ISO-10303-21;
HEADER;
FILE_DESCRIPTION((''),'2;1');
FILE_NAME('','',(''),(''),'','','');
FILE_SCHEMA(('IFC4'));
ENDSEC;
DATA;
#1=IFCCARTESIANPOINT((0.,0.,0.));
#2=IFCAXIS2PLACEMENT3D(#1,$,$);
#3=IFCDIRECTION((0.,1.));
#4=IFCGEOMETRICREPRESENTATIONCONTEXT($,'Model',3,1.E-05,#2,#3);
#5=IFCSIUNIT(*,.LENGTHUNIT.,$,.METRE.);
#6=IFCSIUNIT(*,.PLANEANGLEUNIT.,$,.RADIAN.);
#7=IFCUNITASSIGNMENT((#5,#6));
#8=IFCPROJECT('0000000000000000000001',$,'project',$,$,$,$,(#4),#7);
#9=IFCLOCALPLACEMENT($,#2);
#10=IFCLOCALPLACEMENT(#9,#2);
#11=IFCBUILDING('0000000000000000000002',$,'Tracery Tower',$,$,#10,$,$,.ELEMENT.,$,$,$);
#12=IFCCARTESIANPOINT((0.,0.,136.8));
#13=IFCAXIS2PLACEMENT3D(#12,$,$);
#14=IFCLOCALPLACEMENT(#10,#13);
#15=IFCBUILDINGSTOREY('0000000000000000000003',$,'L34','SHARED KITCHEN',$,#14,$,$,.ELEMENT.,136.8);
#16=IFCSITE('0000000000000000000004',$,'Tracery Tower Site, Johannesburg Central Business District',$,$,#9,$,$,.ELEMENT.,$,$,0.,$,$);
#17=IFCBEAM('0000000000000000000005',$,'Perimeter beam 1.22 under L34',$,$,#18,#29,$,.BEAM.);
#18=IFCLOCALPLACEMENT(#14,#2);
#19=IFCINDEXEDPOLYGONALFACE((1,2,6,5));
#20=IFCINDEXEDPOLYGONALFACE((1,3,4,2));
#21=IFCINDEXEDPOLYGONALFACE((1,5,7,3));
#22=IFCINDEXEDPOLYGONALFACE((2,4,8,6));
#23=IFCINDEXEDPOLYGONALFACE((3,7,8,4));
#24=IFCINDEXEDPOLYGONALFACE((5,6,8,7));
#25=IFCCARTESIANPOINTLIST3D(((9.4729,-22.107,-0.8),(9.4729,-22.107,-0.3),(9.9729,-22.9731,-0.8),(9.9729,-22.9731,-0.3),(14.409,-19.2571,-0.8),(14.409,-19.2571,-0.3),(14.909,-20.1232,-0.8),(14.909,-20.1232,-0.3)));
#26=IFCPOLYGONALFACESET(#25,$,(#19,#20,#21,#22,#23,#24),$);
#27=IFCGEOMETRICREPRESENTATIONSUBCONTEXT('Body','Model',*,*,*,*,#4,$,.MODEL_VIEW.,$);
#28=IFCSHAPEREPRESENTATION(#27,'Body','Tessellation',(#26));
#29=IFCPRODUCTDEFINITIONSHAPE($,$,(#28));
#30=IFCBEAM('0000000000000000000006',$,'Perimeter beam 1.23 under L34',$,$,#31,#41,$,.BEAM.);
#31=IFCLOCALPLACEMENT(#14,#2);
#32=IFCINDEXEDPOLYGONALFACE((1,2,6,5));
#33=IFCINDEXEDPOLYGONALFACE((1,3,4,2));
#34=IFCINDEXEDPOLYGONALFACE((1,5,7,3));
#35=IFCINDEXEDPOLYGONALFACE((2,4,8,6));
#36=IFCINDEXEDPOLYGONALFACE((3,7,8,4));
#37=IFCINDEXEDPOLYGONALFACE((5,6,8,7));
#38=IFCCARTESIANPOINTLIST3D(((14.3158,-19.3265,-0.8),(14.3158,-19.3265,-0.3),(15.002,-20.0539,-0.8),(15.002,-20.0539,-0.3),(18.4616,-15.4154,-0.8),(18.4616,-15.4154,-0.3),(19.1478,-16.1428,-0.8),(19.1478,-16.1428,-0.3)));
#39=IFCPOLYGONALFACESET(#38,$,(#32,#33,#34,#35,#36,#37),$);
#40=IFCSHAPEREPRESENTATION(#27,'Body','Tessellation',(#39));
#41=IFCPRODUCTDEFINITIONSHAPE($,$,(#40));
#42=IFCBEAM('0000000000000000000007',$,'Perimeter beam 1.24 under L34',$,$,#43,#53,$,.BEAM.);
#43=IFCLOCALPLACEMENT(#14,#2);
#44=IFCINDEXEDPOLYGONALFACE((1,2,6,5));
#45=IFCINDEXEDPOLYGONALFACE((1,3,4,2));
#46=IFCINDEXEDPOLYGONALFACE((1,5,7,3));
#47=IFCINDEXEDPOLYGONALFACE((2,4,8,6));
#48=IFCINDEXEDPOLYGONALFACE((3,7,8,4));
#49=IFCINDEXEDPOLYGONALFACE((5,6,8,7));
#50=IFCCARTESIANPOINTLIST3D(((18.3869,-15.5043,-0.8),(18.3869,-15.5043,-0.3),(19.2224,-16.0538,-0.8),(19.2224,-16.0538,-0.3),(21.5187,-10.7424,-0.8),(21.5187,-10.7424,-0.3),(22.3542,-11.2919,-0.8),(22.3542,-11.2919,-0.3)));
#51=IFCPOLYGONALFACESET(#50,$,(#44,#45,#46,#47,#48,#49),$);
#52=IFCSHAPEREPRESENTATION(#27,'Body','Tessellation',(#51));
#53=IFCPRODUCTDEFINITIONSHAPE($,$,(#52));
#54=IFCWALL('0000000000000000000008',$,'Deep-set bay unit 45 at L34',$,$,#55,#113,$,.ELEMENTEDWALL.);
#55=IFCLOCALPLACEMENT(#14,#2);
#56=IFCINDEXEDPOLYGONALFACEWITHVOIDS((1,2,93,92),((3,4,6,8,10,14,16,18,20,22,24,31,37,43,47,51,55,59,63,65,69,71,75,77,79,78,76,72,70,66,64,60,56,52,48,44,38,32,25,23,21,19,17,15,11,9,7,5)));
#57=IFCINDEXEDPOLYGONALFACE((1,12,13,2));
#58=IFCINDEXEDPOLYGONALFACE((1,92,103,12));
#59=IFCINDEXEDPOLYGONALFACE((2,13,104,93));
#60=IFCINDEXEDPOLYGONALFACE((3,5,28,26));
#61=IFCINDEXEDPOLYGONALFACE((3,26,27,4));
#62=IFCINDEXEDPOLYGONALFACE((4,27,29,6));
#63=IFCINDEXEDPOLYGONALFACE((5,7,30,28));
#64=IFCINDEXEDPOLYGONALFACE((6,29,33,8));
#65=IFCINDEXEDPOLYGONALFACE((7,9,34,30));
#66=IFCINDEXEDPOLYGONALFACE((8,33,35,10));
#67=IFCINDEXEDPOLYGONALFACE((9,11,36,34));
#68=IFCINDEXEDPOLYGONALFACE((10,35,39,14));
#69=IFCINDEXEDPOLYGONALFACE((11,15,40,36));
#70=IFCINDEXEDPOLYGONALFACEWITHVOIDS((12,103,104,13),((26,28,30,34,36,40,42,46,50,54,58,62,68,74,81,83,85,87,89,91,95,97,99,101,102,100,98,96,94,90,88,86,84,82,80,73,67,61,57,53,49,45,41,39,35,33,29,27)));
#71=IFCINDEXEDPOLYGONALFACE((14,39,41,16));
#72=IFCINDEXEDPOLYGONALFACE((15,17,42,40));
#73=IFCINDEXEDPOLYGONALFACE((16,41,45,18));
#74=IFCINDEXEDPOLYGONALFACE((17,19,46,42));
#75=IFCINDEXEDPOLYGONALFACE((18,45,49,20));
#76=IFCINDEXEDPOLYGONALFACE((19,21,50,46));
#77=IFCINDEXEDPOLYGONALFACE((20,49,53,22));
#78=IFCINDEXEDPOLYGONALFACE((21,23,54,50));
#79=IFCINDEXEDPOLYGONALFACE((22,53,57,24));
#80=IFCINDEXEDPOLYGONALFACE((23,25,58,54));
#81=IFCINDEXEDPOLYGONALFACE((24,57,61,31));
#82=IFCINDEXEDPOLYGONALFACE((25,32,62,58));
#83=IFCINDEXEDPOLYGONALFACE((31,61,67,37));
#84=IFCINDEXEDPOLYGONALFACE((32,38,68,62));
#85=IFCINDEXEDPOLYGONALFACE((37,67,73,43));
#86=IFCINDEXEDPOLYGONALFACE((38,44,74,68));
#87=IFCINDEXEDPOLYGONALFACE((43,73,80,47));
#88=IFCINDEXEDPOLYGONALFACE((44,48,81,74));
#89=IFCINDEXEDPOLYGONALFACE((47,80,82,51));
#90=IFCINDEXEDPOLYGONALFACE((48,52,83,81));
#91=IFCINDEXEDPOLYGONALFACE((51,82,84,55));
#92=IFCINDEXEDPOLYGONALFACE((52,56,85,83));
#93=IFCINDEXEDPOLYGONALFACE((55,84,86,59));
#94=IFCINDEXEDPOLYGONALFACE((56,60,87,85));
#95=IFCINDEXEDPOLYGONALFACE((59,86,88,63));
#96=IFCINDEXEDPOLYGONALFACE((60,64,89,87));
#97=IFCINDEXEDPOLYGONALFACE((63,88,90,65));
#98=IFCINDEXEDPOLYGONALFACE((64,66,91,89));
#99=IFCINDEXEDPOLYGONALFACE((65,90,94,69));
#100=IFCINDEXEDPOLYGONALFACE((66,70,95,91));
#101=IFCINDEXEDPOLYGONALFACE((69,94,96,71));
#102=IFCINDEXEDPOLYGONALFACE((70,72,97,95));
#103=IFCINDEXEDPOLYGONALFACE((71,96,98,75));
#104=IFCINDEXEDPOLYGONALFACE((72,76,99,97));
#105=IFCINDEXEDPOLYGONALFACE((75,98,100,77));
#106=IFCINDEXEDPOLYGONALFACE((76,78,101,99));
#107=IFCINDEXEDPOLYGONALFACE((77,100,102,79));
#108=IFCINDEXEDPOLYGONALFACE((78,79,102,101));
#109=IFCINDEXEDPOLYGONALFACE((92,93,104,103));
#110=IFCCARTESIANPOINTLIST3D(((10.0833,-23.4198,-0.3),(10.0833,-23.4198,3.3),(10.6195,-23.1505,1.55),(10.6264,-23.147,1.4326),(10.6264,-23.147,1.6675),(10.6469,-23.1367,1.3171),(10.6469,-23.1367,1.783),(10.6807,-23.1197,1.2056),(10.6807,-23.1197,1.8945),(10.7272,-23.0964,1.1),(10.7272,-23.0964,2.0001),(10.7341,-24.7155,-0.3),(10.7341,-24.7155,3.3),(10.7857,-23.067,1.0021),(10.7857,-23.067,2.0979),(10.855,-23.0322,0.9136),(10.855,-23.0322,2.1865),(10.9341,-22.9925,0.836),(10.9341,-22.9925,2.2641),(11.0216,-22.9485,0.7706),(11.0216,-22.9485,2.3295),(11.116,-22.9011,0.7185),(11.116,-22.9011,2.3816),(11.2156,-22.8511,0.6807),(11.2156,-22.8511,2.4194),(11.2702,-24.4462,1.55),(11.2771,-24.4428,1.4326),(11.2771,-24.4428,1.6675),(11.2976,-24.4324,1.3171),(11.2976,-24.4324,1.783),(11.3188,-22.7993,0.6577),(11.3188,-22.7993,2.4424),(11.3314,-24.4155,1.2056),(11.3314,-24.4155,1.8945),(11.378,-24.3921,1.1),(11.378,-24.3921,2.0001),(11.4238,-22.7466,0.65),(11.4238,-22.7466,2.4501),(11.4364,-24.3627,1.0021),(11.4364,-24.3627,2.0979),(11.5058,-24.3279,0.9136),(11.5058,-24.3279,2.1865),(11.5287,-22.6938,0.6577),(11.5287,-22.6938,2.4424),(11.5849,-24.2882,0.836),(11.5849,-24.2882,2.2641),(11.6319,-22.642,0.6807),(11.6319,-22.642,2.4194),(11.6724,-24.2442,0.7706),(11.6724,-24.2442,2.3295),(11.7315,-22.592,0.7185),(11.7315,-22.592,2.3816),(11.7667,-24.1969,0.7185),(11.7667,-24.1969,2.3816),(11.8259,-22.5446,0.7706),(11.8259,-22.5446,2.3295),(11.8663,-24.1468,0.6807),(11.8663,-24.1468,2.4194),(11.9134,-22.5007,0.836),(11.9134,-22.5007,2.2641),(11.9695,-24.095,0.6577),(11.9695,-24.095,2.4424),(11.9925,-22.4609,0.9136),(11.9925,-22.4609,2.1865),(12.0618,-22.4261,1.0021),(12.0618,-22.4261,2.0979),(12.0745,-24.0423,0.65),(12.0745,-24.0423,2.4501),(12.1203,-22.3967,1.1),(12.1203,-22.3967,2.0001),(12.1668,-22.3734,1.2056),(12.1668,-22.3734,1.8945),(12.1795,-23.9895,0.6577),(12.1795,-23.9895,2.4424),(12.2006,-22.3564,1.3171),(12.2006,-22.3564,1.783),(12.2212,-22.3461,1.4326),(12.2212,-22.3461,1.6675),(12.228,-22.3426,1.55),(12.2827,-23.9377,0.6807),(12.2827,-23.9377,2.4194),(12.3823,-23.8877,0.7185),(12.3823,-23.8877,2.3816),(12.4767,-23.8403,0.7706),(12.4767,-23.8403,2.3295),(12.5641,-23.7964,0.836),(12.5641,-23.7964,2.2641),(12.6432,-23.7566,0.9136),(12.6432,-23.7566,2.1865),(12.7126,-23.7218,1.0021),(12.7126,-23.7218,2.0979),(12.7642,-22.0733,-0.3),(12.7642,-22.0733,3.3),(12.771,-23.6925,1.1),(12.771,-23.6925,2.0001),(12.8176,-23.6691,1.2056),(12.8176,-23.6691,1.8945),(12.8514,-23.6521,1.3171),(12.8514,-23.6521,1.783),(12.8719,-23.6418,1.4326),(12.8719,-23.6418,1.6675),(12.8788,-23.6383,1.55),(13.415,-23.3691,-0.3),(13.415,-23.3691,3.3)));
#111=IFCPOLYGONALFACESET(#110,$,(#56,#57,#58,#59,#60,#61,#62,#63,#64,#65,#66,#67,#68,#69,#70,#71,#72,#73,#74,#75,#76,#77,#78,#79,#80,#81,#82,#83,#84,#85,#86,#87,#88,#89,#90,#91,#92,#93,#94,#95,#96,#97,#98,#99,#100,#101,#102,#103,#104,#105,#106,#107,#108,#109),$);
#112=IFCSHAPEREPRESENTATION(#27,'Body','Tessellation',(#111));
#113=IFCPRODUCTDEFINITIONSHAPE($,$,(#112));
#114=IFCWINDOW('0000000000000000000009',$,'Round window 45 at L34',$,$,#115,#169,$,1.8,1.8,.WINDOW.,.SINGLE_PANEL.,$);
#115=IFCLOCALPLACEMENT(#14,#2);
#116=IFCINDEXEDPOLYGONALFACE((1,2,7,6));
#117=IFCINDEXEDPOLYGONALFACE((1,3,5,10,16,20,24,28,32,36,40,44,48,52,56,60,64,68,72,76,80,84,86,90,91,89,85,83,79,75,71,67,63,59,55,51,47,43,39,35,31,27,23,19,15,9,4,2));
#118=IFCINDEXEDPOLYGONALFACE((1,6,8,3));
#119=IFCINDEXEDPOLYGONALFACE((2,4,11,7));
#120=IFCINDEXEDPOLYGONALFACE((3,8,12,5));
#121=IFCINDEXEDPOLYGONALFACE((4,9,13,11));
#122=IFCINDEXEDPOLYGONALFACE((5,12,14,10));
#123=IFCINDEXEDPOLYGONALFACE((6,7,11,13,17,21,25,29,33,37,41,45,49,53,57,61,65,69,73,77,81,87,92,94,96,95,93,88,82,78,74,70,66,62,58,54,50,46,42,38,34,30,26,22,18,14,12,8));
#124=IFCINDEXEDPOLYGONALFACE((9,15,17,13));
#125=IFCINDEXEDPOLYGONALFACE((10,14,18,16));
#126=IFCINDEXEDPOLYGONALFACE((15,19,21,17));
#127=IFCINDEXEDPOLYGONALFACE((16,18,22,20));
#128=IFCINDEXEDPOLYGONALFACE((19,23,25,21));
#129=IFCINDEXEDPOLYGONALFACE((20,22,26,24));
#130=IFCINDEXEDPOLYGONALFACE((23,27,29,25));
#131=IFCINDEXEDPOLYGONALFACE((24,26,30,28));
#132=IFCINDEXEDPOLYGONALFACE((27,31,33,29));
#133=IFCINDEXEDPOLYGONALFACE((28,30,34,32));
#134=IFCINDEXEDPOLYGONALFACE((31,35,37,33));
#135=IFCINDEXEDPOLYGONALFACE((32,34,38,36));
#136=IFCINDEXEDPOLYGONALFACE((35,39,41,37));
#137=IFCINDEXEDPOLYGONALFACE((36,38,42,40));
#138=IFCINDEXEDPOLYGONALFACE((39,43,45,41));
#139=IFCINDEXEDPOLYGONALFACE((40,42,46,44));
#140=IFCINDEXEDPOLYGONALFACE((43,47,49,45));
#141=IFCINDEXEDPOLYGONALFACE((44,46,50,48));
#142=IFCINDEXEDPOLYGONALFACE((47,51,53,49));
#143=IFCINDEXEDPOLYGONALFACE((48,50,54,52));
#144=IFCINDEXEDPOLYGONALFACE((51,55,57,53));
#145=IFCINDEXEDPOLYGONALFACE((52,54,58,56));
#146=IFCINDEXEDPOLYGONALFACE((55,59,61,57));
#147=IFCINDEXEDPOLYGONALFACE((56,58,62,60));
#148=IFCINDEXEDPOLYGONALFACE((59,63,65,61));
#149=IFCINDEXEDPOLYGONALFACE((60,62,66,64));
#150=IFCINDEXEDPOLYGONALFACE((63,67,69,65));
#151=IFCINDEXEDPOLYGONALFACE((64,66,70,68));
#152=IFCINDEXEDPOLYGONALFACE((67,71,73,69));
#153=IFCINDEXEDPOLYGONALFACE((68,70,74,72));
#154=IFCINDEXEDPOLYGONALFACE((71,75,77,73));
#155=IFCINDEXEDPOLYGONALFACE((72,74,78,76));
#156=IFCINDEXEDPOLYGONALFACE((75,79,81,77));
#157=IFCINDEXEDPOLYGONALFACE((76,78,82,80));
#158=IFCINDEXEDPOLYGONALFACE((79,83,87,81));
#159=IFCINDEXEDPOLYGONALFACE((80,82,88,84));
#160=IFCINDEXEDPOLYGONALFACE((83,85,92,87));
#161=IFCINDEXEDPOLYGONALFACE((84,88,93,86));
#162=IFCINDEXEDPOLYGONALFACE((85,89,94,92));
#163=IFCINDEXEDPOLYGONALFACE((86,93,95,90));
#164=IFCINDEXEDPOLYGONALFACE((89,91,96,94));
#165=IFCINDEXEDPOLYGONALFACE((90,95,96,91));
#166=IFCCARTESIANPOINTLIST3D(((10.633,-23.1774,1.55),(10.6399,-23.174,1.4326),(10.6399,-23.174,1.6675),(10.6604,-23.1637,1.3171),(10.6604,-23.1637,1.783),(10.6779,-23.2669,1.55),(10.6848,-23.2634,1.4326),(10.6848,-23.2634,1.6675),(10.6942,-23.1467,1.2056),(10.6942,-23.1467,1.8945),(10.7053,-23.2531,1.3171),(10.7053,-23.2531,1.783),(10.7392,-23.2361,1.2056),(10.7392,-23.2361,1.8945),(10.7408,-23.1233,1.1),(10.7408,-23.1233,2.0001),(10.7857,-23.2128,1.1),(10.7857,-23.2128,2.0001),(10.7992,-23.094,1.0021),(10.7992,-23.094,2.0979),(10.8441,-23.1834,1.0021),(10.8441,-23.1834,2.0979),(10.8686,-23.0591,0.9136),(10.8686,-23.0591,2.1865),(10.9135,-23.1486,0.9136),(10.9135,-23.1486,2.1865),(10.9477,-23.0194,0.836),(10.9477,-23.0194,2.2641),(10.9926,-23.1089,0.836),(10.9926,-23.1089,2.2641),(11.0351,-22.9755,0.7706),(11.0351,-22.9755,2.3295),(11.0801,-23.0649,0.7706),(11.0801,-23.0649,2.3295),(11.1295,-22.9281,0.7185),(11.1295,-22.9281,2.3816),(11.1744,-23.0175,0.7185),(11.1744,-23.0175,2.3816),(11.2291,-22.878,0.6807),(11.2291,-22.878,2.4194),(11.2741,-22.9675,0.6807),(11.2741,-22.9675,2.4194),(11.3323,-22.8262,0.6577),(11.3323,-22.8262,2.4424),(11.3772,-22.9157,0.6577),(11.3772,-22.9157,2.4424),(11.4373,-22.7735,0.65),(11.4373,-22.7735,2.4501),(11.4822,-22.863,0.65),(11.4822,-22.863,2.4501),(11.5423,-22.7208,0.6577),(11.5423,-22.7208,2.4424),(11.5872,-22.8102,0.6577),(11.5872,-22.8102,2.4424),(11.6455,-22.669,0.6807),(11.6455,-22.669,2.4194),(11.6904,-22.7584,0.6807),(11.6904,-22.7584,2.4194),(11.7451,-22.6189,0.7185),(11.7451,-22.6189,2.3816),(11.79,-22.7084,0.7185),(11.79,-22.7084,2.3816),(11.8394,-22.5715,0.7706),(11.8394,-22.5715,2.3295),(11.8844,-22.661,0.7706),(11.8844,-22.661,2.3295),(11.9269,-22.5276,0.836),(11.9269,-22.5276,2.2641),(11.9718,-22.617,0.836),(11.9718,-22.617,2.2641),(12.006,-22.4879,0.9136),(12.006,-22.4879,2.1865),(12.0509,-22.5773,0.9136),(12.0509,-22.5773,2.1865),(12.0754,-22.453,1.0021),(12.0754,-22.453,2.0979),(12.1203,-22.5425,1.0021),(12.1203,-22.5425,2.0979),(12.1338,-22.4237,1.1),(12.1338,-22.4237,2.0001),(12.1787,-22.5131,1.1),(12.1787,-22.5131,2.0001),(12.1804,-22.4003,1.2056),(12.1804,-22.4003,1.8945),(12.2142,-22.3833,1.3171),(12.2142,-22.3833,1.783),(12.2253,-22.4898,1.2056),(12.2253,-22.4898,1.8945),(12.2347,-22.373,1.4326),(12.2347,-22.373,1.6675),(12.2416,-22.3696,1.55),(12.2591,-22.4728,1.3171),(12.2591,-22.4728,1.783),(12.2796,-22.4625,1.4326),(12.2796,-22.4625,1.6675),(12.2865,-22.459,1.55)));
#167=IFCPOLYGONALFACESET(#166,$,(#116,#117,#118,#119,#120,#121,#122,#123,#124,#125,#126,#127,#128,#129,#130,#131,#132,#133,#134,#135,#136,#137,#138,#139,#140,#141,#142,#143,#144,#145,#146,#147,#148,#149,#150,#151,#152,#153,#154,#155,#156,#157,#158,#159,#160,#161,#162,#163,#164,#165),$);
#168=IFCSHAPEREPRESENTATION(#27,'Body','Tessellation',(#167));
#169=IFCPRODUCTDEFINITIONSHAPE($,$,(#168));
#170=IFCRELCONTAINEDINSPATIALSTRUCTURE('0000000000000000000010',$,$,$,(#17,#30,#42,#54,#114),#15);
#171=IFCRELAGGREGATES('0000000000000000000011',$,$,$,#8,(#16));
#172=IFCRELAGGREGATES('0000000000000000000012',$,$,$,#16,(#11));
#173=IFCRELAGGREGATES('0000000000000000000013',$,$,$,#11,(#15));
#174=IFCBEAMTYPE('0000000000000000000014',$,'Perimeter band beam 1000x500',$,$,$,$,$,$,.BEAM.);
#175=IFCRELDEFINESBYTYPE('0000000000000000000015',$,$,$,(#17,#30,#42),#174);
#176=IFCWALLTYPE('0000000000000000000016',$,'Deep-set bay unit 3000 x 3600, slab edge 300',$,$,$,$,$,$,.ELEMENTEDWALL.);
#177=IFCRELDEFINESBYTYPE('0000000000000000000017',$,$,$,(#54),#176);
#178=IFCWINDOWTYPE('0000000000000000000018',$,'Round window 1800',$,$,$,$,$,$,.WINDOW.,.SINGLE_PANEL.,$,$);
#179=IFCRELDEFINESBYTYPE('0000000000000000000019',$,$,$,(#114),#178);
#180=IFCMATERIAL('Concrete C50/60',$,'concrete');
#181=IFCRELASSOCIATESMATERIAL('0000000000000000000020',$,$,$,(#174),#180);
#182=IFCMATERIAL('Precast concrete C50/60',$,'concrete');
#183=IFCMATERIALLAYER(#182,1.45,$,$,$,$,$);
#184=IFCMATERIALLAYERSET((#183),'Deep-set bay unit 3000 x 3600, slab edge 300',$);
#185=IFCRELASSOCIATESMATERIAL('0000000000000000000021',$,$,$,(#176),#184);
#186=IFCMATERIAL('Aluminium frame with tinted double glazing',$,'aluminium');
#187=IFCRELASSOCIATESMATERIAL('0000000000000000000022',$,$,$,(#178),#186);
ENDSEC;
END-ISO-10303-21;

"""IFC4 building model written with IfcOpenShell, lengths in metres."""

from ifc_helpers import new_model, si_unit, direction, frame, frame_2d, origin, origin_2d, place, context, subcontext, project, spatial, rectangle, circle, extrude, material, layer, layer_set, material_profile, profile_set, type_object, element, fill, save


model = new_model("IFC4")

# Units and contexts
model_context = context("Model", 3, precision=1e-05, world=origin(), true_north=direction((0.0, 1.0)))
body_context = subcontext(model_context, "Body", "Model", "MODEL_VIEW")
ifc_project = project(units=[si_unit("LENGTHUNIT", "METRE"), si_unit("PLANEANGLEUNIT", "RADIAN")], contexts=[model_context])

# Site, building, storey
site_placement = place(None, origin())
site = spatial("IfcSite", under=ifc_project, at=site_placement, Name="Tracery Tower Site, Johannesburg Central Business District", CompositionType="ELEMENT", RefElevation=0.0)
building_placement = place(site_placement, origin())
building = spatial("IfcBuilding", under=site, at=building_placement, Name="Tracery Tower", CompositionType="ELEMENT")
storey_placement = place(building_placement, frame((0.0, 0.0, 136.8)))
storey = spatial("IfcBuildingStorey", under=building, at=storey_placement, Name="L34", Description="SHARED KITCHEN", CompositionType="ELEMENT", Elevation=136.8)

# Beams
ifc_material_1 = material(Name="Concrete C50/60", Category="concrete")
ifc_material_profile_1 = material_profile(ifc_material_1, rectangle(XDim=1.0, YDim=0.5, at=origin_2d()), Name="RC 1000x500")
ifc_profile_set_1 = profile_set([ifc_material_profile_1], Name="Concrete C50/60")
beam_type = type_object("IfcBeamType", Name="Perimeter band beam 1000x500", PredefinedType="BEAM", material=ifc_profile_set_1)
beam_placement = place(storey_placement, frame((9.7229, -22.54, -0.55), z_axis=(0.866023, 0.500004, 0.0), x_axis=(-0.500004, 0.866023, 0.0)))
element("IfcBeam", 1, at=beam_placement, inside=storey, type_object=beam_type, Name="Perimeter beam 1.22 under L34", PredefinedType="BEAM", context=body_context, shape_type="SweptSolid", body=[
    extrude(rectangle(XDim=1.0, YDim=0.5, at=origin_2d()), origin(), (0.0, 0.0, 1.0), 5.6997),
])
for number, where, z_axis, x_axis, name in (
    (2, (14.6589, -19.6902, -0.55), (0.72739, 0.686225, 0.0), (-0.686225, 0.72739, 0.0), "Perimeter beam 1.23 under L34"),
    (3, (18.8047, -15.7791, -0.55), (0.54949, 0.8355, 0.0), (-0.8355, 0.54949, 0.0), "Perimeter beam 1.24 under L34"),
):
    element("IfcBeam", number, at=place(storey_placement, frame(where, z_axis=z_axis, x_axis=x_axis)), inside=storey, type_object=beam_type, Name=name, PredefinedType="BEAM", context=body_context, shape_type="SweptSolid", body=[
        extrude(rectangle(XDim=1.0, YDim=0.5, at=origin_2d()), origin(), (0.0, 0.0, 1.0), 5.6995),
    ])

# Wall, opening, window
ifc_material_2 = material(Name="Precast concrete C50/60", Category="concrete")
ifc_layer_1 = layer(ifc_material_2, 1.45)
ifc_layer_set_1 = layer_set([ifc_layer_1], Name="Deep-set bay unit 3000 x 3600, slab edge 300")
wall_type_1 = type_object("IfcWallType", Name="Deep-set bay unit 3000 x 3600, slab edge 300", PredefinedType="ELEMENTEDWALL", material=ifc_layer_set_1)
wall_1_placement = place(storey_placement, frame((10.4087, -24.0676, -0.3), z_axis=(0.0, 0.0, 1.0), x_axis=(0.893628, 0.448808, 0.0)))
wall_1 = element("IfcWall", 4, at=wall_1_placement, inside=storey, type_object=wall_type_1, Name="Deep-set bay unit 45 at L34", PredefinedType="ELEMENTEDWALL", context=body_context, shape_type="SweptSolid", body=[
    extrude(rectangle(XDim=3.0, YDim=1.45, at=frame_2d((1.5, 0.0))), origin(), (0.0, 0.0, 1.0), 3.6001),
])
opening_1_placement = place(wall_1_placement, frame((1.5, 0.0, 1.8501)))
opening_1 = element("IfcOpeningElement", 5, at=opening_1_placement, cuts=wall_1, PredefinedType="OPENING", context=body_context, shape_type="SweptSolid", body=[
    extrude(circle(Radius=0.9, at=origin_2d()), frame((0.0, 0.7349, 0.0), z_axis=(0.0, -1.0, 0.0), x_axis=(1.0, 0.0, 0.0)), (0.0, 0.0, 1.0), 1.47),
])
ifc_material_3 = material(Name="Aluminium frame with tinted double glazing", Category="aluminium")
window_type = type_object("IfcWindowType", Name="Round window 1800", PartitioningType="SINGLE_PANEL", PredefinedType="WINDOW", material=ifc_material_3)
window_1_placement = place(opening_1_placement, origin())
window_1 = element("IfcWindow", 6, at=window_1_placement, inside=storey, type_object=window_type, Name="Round window 45 at L34", OverallHeight=1.8, OverallWidth=1.8, PartitioningType="SINGLE_PANEL", PredefinedType="WINDOW", context=body_context, shape_type="SweptSolid", body=[
    extrude(circle(Radius=0.9, at=origin_2d()), frame((0.0, 0.6948, 0.0), z_axis=(0.0, -1.0, 0.0), x_axis=(1.0, 0.0, 0.0)), (0.0, 0.0, 1.0), 0.1001),
])
fill(opening_1, window_1)

save(model, "model.ifc")
